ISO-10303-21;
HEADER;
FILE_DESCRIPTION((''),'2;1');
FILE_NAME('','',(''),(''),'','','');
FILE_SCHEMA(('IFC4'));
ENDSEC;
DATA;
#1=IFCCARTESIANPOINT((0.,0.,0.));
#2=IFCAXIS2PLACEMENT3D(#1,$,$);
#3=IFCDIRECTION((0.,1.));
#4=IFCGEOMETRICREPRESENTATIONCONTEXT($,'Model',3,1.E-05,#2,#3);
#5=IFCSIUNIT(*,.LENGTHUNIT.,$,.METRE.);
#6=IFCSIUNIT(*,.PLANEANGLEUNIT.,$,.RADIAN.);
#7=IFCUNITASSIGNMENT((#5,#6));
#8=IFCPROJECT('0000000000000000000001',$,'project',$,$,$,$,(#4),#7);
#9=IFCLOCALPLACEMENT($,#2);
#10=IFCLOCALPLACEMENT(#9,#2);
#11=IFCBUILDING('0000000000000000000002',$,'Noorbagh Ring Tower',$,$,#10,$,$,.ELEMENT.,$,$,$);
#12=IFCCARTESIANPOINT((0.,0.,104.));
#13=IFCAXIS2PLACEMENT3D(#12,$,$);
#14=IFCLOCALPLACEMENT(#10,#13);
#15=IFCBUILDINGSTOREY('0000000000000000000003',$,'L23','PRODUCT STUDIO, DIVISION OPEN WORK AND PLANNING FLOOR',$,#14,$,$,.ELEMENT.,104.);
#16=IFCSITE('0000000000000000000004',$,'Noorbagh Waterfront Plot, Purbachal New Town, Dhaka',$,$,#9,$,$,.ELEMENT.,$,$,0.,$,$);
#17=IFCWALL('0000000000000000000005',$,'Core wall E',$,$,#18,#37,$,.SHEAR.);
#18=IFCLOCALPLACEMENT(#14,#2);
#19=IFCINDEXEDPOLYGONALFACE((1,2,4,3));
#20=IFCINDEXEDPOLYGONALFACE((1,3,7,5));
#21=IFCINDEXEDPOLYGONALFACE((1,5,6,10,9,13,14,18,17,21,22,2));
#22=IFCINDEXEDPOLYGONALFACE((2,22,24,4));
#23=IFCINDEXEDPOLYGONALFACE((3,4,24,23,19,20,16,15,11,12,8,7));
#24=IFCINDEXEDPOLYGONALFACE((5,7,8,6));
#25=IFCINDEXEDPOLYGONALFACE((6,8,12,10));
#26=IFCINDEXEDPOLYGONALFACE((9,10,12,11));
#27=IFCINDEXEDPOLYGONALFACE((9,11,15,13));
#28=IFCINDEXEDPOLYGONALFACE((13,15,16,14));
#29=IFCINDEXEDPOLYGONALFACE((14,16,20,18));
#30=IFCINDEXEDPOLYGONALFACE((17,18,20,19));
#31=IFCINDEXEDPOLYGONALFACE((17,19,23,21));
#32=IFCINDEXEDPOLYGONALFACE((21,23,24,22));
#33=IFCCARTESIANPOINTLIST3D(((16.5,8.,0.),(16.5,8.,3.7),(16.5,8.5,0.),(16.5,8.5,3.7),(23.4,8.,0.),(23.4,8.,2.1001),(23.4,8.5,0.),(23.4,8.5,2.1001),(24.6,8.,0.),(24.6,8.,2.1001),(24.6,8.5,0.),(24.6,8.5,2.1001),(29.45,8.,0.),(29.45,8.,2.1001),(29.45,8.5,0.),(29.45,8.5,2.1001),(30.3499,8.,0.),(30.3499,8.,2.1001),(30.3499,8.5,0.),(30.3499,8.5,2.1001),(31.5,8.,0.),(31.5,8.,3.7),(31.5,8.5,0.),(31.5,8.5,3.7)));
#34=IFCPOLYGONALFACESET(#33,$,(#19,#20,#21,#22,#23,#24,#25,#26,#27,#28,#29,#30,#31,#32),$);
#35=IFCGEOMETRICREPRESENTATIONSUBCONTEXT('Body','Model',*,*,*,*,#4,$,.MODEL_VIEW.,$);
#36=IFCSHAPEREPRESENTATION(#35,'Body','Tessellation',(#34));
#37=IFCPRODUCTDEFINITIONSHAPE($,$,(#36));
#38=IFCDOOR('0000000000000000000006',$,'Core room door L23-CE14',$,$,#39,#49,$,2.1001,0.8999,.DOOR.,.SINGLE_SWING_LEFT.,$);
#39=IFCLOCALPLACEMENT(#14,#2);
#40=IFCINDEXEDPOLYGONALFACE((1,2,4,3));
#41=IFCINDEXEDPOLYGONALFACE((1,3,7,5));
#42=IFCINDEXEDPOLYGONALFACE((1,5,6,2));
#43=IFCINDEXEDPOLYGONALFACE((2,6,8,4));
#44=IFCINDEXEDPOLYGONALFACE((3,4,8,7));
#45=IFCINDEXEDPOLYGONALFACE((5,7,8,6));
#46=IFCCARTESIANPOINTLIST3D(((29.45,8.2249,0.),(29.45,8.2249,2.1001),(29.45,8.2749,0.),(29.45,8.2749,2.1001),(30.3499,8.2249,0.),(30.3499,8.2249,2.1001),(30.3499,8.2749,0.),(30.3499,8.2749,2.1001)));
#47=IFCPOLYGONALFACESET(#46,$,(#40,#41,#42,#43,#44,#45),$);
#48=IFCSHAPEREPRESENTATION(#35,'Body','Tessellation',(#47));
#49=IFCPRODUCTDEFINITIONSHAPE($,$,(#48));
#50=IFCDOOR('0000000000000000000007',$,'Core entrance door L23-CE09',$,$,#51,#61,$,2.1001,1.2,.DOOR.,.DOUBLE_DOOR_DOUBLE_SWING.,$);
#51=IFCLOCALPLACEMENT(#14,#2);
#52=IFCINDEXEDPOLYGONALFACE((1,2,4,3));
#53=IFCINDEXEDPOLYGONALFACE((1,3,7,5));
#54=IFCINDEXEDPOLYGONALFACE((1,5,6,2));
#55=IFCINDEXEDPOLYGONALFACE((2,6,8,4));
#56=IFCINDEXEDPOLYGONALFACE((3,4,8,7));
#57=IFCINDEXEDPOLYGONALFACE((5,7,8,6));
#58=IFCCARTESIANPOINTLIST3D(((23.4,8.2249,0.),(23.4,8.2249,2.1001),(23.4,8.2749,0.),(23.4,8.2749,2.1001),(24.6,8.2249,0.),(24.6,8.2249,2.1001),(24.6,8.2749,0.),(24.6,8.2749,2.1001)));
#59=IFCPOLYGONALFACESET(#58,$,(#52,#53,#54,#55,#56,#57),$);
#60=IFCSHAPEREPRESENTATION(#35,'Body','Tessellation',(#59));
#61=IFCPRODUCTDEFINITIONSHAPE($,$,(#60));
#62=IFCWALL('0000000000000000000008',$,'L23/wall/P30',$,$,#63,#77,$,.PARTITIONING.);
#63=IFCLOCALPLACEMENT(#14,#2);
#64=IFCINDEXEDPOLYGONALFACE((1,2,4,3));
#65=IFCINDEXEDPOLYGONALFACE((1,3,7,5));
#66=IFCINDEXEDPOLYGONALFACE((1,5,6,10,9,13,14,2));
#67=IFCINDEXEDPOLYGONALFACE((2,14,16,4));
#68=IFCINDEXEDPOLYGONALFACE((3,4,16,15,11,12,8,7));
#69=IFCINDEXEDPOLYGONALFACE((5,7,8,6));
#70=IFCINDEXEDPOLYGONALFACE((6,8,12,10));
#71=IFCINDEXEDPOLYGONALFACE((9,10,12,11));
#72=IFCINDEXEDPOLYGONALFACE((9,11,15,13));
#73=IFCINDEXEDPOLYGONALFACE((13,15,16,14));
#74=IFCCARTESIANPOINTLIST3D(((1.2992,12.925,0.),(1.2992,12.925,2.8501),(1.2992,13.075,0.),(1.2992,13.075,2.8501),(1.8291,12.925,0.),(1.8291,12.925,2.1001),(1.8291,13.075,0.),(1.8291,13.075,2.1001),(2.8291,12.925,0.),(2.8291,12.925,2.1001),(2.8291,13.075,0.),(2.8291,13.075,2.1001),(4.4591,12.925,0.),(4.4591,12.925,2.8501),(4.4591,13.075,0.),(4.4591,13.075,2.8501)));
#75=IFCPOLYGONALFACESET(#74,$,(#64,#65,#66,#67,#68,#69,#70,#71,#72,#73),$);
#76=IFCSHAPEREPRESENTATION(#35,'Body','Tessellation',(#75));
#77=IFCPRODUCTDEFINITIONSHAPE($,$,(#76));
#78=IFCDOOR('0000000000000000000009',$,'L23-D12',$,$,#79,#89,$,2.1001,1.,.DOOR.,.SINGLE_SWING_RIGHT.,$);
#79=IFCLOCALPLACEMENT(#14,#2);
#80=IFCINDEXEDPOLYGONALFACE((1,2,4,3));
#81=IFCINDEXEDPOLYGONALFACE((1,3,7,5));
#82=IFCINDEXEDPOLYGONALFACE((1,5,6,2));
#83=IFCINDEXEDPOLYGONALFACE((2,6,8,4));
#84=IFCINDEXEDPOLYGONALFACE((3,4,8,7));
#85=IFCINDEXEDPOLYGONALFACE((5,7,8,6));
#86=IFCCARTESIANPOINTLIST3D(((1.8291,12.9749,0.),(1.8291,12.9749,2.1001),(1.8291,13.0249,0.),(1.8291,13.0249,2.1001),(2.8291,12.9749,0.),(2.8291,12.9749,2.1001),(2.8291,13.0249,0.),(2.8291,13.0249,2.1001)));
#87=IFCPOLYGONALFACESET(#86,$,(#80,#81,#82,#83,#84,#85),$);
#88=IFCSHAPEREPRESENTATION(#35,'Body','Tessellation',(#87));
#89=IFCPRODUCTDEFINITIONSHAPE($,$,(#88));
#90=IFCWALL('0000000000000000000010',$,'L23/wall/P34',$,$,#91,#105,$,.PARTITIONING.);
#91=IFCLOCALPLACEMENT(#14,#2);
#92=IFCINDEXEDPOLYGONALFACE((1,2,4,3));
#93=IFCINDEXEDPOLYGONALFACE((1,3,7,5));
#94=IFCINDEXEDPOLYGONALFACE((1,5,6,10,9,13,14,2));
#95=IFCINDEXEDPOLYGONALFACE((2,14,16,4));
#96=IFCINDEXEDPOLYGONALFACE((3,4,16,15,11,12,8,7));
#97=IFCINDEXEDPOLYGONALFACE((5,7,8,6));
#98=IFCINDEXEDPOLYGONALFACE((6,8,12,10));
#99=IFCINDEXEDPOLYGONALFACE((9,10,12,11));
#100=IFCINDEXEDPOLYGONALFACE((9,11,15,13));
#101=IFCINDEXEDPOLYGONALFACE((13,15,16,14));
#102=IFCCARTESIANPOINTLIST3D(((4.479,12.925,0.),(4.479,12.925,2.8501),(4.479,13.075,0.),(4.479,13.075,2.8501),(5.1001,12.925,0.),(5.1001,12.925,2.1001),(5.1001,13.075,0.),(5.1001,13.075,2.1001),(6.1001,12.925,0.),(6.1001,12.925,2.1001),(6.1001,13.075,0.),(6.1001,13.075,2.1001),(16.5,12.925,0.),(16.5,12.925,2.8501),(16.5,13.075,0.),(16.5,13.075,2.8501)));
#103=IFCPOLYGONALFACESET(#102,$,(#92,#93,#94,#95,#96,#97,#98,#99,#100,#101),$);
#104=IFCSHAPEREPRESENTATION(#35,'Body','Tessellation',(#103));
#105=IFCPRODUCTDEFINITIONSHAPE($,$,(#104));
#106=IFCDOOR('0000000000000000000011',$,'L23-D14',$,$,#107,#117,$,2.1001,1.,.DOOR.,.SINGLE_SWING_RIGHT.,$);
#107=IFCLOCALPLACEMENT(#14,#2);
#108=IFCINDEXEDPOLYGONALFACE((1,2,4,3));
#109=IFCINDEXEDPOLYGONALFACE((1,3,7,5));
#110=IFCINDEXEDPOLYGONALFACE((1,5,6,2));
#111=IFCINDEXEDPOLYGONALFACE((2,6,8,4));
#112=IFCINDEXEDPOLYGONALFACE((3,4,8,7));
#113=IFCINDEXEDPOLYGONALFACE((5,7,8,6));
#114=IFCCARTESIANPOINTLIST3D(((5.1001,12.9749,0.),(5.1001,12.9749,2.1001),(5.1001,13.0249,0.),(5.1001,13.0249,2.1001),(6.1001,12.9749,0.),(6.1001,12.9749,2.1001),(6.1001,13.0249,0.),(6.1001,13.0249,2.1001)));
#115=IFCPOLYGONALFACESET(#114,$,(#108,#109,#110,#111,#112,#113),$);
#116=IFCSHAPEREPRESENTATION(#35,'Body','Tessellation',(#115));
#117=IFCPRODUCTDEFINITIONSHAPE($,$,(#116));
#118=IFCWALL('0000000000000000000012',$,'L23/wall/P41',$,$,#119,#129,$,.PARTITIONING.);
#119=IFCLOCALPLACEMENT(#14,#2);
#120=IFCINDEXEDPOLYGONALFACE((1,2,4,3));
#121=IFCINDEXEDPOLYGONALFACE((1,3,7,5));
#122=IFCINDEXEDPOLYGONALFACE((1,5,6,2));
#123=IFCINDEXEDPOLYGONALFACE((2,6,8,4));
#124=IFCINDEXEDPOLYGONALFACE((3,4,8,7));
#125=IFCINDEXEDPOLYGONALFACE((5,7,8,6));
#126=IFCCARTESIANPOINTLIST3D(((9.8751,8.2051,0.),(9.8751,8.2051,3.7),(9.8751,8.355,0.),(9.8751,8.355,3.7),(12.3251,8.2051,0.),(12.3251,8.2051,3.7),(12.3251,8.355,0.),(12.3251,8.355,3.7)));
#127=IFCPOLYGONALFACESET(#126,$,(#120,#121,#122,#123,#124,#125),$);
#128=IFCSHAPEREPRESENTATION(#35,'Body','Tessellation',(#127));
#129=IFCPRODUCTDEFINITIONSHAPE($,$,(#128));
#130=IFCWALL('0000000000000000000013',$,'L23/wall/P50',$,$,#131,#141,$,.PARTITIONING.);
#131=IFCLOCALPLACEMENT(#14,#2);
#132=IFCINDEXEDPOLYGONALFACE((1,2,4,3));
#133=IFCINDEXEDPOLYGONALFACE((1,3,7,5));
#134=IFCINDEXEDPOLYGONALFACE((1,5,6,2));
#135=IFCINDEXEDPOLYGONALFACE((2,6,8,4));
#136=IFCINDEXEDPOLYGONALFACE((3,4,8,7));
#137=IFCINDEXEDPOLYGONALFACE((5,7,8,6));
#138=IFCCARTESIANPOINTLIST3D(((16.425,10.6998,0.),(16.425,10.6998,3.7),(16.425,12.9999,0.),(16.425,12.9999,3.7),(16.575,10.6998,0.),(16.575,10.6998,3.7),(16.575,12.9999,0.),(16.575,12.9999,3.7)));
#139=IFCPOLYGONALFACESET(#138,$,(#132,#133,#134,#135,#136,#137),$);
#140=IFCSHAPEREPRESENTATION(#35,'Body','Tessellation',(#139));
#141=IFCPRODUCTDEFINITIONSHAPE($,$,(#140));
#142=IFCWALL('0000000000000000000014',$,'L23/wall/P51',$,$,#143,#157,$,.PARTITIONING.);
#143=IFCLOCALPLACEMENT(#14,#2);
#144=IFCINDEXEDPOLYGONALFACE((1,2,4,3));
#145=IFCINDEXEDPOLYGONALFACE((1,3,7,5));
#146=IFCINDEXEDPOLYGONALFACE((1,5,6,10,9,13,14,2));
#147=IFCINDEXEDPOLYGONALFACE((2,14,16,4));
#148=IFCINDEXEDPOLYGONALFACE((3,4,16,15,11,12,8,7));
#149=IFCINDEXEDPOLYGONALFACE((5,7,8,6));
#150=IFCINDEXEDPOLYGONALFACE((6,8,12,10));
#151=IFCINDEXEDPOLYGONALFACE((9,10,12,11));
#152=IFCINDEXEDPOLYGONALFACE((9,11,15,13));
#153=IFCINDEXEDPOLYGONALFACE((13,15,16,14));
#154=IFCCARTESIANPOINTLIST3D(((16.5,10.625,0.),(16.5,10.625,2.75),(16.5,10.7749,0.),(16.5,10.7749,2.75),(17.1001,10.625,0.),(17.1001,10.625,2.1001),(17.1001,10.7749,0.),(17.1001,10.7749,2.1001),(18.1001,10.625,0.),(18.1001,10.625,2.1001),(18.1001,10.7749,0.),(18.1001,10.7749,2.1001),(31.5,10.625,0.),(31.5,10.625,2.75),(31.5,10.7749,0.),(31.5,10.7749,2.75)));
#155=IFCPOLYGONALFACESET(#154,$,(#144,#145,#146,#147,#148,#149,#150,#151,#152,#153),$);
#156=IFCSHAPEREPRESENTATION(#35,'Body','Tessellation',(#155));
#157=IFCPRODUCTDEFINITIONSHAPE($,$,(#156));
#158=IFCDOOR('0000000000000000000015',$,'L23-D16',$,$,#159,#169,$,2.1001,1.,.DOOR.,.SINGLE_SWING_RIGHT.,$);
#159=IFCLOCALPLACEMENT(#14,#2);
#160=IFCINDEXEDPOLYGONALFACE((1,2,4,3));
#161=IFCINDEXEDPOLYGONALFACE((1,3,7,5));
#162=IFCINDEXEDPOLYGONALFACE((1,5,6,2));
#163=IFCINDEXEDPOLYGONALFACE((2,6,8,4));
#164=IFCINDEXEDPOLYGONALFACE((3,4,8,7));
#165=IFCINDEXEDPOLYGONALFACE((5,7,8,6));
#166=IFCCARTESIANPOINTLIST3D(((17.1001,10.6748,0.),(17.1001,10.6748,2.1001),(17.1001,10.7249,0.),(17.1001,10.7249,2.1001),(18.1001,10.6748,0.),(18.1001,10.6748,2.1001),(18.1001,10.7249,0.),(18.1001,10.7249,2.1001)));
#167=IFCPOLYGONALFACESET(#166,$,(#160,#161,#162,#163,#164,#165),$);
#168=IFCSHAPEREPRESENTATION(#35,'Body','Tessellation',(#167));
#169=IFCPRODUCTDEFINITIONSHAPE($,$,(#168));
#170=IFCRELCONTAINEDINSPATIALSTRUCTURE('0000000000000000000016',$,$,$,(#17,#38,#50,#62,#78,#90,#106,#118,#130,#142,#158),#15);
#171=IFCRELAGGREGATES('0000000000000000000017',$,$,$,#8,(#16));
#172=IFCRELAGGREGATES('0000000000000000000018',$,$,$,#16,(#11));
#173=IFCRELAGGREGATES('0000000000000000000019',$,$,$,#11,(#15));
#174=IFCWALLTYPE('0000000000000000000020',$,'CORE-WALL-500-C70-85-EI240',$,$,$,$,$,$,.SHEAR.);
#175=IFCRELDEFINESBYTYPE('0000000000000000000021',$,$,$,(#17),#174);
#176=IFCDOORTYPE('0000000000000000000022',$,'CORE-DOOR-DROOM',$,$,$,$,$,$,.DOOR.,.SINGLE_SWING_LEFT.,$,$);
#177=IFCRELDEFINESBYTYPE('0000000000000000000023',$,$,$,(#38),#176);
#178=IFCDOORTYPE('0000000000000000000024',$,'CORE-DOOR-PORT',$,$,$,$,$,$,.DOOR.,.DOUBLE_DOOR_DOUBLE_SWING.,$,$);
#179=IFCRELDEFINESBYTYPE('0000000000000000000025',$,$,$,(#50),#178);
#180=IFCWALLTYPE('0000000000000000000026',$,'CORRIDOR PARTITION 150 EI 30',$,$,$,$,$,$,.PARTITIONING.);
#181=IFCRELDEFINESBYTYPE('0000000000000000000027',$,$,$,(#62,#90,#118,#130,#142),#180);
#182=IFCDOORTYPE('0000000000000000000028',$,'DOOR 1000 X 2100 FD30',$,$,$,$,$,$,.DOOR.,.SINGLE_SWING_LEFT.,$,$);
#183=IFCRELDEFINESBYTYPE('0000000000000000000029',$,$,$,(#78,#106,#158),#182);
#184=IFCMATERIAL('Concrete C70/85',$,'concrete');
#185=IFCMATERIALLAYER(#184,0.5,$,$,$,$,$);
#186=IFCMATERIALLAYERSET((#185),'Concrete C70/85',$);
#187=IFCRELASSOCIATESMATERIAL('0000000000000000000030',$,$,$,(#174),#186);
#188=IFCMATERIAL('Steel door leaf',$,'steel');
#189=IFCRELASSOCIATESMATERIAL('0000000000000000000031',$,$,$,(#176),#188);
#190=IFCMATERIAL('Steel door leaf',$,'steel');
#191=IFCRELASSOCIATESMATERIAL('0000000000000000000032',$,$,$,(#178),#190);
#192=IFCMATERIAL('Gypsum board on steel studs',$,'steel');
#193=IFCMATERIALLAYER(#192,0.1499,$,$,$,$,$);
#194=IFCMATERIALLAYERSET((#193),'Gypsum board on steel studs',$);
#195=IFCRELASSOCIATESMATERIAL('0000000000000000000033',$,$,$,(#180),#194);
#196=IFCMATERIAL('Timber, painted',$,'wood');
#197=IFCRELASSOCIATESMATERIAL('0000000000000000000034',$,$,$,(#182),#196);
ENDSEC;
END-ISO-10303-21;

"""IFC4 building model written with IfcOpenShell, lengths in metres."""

from ifc_helpers import new_model, si_unit, direction, frame, frame_2d, origin, place, context, subcontext, project, spatial, rectangle, extrude, material, layer, layer_set, type_object, element, fill, save


model = new_model("IFC4")

# Units and contexts
model_context = context("Model", 3, precision=1e-05, world=origin(), true_north=direction((0.0, 1.0)))
body_context = subcontext(model_context, "Body", "Model", "MODEL_VIEW")
ifc_project = project(units=[si_unit("LENGTHUNIT", "METRE"), si_unit("PLANEANGLEUNIT", "RADIAN")], contexts=[model_context])

# Site, building, storey
site_placement = place(None, origin())
site = spatial("IfcSite", under=ifc_project, at=site_placement, Name="Noorbagh Waterfront Plot, Purbachal New Town, Dhaka", CompositionType="ELEMENT", RefElevation=0.0)
building_placement = place(site_placement, origin())
building = spatial("IfcBuilding", under=site, at=building_placement, Name="Noorbagh Ring Tower", CompositionType="ELEMENT")
storey_placement = place(building_placement, frame((0.0, 0.0, 104.0)))
storey = spatial("IfcBuildingStorey", under=building, at=storey_placement, Name="L23", Description="PRODUCT STUDIO, DIVISION OPEN WORK AND PLANNING FLOOR", CompositionType="ELEMENT", Elevation=104.0)

# Wall, openings, doors
ifc_material_1 = material(Name="Concrete C70/85", Category="concrete")
ifc_layer_1 = layer(ifc_material_1, 0.5)
ifc_layer_set_1 = layer_set([ifc_layer_1], Name="Concrete C70/85")
wall_type_1 = type_object("IfcWallType", Name="CORE-WALL-500-C70-85-EI240", PredefinedType="SHEAR", material=ifc_layer_set_1)
wall_1_placement = place(storey_placement, frame((16.5, 8.25, 0.0), z_axis=(0.0, 0.0, 1.0), x_axis=(1.0, 0.0, 0.0)))
wall_1 = element("IfcWall", 1, at=wall_1_placement, inside=storey, type_object=wall_type_1, Name="Core wall E", PredefinedType="SHEAR", context=body_context, shape_type="SweptSolid", body=[
    extrude(rectangle(XDim=15.0, YDim=0.5, at=frame_2d((7.5, 0.0))), origin(), (0.0, 0.0, 1.0), 3.7),
])
opening_1_placement = place(wall_1_placement, frame((6.8999, 0.0, 0.0)))
opening_1 = element("IfcOpeningElement", 2, at=opening_1_placement, cuts=wall_1, PredefinedType="OPENING", context=body_context, shape_type="SweptSolid", body=[
    extrude(rectangle(XDim=1.2, YDim=2.1001, at=frame_2d((0.6001, 1.05))), frame((0.0, 0.26, 0.0), z_axis=(0.0, -1.0, 0.0), x_axis=(1.0, 0.0, 0.0)), (0.0, 0.0, 1.0), 0.52),
])
opening_2_placement = place(wall_1_placement, frame((12.95, 0.0, 0.0)))
opening_2 = element("IfcOpeningElement", 3, at=opening_2_placement, cuts=wall_1, PredefinedType="OPENING", context=body_context, shape_type="SweptSolid", body=[
    extrude(rectangle(XDim=0.8999, YDim=2.1001, at=frame_2d((0.45, 1.05))), frame((0.0, 0.26, 0.0), z_axis=(0.0, -1.0, 0.0), x_axis=(1.0, 0.0, 0.0)), (0.0, 0.0, 1.0), 0.52),
])
ifc_material_2 = material(Name="Steel door leaf", Category="steel")
door_type_1 = type_object("IfcDoorType", Name="CORE-DOOR-DROOM", OperationType="SINGLE_SWING_LEFT", PredefinedType="DOOR", material=ifc_material_2)
door_1_placement = place(opening_2_placement, origin())
door_1 = element("IfcDoor", 4, at=door_1_placement, inside=storey, type_object=door_type_1, Name="Core room door L23-CE14", OperationType="SINGLE_SWING_LEFT", OverallHeight=2.1001, OverallWidth=0.8999, PredefinedType="DOOR", context=body_context, shape_type="SweptSolid", body=[
    extrude(rectangle(XDim=0.8999, YDim=2.1001, at=frame_2d((0.45, 1.05))), frame((0.0, 0.0249, 0.0), z_axis=(0.0, -1.0, 0.0), x_axis=(1.0, 0.0, 0.0)), (0.0, 0.0, 1.0), 0.05),
])
fill(opening_2, door_1)
ifc_material_3 = material(Name="Steel door leaf", Category="steel")
door_type_2 = type_object("IfcDoorType", Name="CORE-DOOR-PORT", OperationType="DOUBLE_DOOR_DOUBLE_SWING", PredefinedType="DOOR", material=ifc_material_3)
door_2_placement = place(opening_1_placement, origin())
door_2 = element("IfcDoor", 5, at=door_2_placement, inside=storey, type_object=door_type_2, Name="Core entrance door L23-CE09", OperationType="DOUBLE_DOOR_DOUBLE_SWING", OverallHeight=2.1001, OverallWidth=1.2, PredefinedType="DOOR", context=body_context, shape_type="SweptSolid", body=[
    extrude(rectangle(XDim=1.2, YDim=2.1001, at=frame_2d((0.6001, 1.05))), frame((0.0, 0.0249, 0.0), z_axis=(0.0, -1.0, 0.0), x_axis=(1.0, 0.0, 0.0)), (0.0, 0.0, 1.0), 0.05),
])
fill(opening_1, door_2)

# Walls, openings, doors
ifc_material_4 = material(Name="Gypsum board on steel studs", Category="steel")
ifc_layer_2 = layer(ifc_material_4, 0.1499)
ifc_layer_set_2 = layer_set([ifc_layer_2], Name="Gypsum board on steel studs")
wall_type_2 = type_object("IfcWallType", Name="CORRIDOR PARTITION 150 EI 30", PredefinedType="PARTITIONING", material=ifc_layer_set_2)
wall_2_placement = place(storey_placement, frame((1.2991, 13.0, 0.0), z_axis=(0.0, 0.0, 1.0), x_axis=(1.0, 0.0, 0.0)))
wall_2 = element("IfcWall", 6, at=wall_2_placement, inside=storey, type_object=wall_type_2, Name="L23/wall/P30", PredefinedType="PARTITIONING", context=body_context, shape_type="SweptSolid", body=[
    extrude(rectangle(XDim=3.1599, YDim=0.1499, at=frame_2d((1.5801, 0.0))), origin(), (0.0, 0.0, 1.0), 2.8501),
])
opening_3_placement = place(wall_2_placement, frame((0.53, 0.0, 0.0)))
opening_3 = element("IfcOpeningElement", 7, at=opening_3_placement, cuts=wall_2, PredefinedType="OPENING", context=body_context, shape_type="SweptSolid", body=[
    extrude(rectangle(XDim=1.0, YDim=2.1001, at=frame_2d((0.5, 1.05))), frame((0.0, 0.085, 0.0), z_axis=(0.0, -1.0, 0.0), x_axis=(1.0, 0.0, 0.0)), (0.0, 0.0, 1.0), 0.1699),
])
ifc_material_5 = material(Name="Timber, painted", Category="wood")
door_type_3 = type_object("IfcDoorType", Name="DOOR 1000 X 2100 FD30", OperationType="SINGLE_SWING_LEFT", PredefinedType="DOOR", material=ifc_material_5)
door_3_placement = place(opening_3_placement, origin())
door_3 = element("IfcDoor", 8, at=door_3_placement, inside=storey, type_object=door_type_3, Name="L23-D12", OperationType="SINGLE_SWING_RIGHT", OverallHeight=2.1001, OverallWidth=1.0, PredefinedType="DOOR", context=body_context, shape_type="SweptSolid", body=[
    extrude(rectangle(XDim=1.0, YDim=2.1001, at=frame_2d((0.5, 1.05))), frame((0.0, 0.0249, 0.0), z_axis=(0.0, -1.0, 0.0), x_axis=(1.0, 0.0, 0.0)), (0.0, 0.0, 1.0), 0.05),
])
fill(opening_3, door_3)
wall_3_placement = place(storey_placement, frame((4.479, 13.0, 0.0), z_axis=(0.0, 0.0, 1.0), x_axis=(1.0, 0.0, 0.0)))
wall_3 = element("IfcWall", 9, at=wall_3_placement, inside=storey, type_object=wall_type_2, Name="L23/wall/P34", PredefinedType="PARTITIONING", context=body_context, shape_type="SweptSolid", body=[
    extrude(rectangle(XDim=12.021, YDim=0.1499, at=frame_2d((6.0105, 0.0))), origin(), (0.0, 0.0, 1.0), 2.8501),
])
opening_4_placement = place(wall_3_placement, frame((0.6211, 0.0, 0.0)))
opening_4 = element("IfcOpeningElement", 10, at=opening_4_placement, cuts=wall_3, PredefinedType="OPENING", context=body_context, shape_type="SweptSolid", body=[
    extrude(rectangle(XDim=1.0, YDim=2.1001, at=frame_2d((0.5, 1.05))), frame((0.0, 0.085, 0.0), z_axis=(0.0, -1.0, 0.0), x_axis=(1.0, 0.0, 0.0)), (0.0, 0.0, 1.0), 0.1699),
])
door_4_placement = place(opening_4_placement, origin())
door_4 = element("IfcDoor", 11, at=door_4_placement, inside=storey, type_object=door_type_3, Name="L23-D14", OperationType="SINGLE_SWING_RIGHT", OverallHeight=2.1001, OverallWidth=1.0, PredefinedType="DOOR", context=body_context, shape_type="SweptSolid", body=[
    extrude(rectangle(XDim=1.0, YDim=2.1001, at=frame_2d((0.5, 1.05))), frame((0.0, 0.0249, 0.0), z_axis=(0.0, -1.0, 0.0), x_axis=(1.0, 0.0, 0.0)), (0.0, 0.0, 1.0), 0.05),
])
fill(opening_4, door_4)

# Walls
wall_4_placement = place(storey_placement, frame((9.875, 8.28, 0.0), z_axis=(0.0, 0.0, 1.0), x_axis=(1.0, 0.0, 0.0)))
element("IfcWall", 12, at=wall_4_placement, inside=storey, type_object=wall_type_2, Name="L23/wall/P41", PredefinedType="PARTITIONING", context=body_context, shape_type="SweptSolid", body=[
    extrude(rectangle(XDim=2.45, YDim=0.1499, at=frame_2d((1.2251, 0.0))), origin(), (0.0, 0.0, 1.0), 3.7),
])
wall_5_placement = place(storey_placement, frame((16.5, 10.7, 0.0), z_axis=(0.0, 0.0, 1.0), x_axis=(0.0, 1.0, 0.0)))
element("IfcWall", 13, at=wall_5_placement, inside=storey, type_object=wall_type_2, Name="L23/wall/P50", PredefinedType="PARTITIONING", context=body_context, shape_type="SweptSolid", body=[
    extrude(rectangle(XDim=2.3, YDim=0.1499, at=frame_2d((1.1499, 0.0))), origin(), (0.0, 0.0, 1.0), 3.7),
])

# Wall, opening, door
wall_6_placement = place(storey_placement, frame((16.5, 10.7, 0.0), z_axis=(0.0, 0.0, 1.0), x_axis=(1.0, 0.0, 0.0)))
wall_6 = element("IfcWall", 14, at=wall_6_placement, inside=storey, type_object=wall_type_2, Name="L23/wall/P51", PredefinedType="PARTITIONING", context=body_context, shape_type="SweptSolid", body=[
    extrude(rectangle(XDim=15.0, YDim=0.1499, at=frame_2d((7.5, 0.0))), origin(), (0.0, 0.0, 1.0), 2.75),
])
opening_5_placement = place(wall_6_placement, frame((0.6001, 0.0, 0.0)))
opening_5 = element("IfcOpeningElement", 15, at=opening_5_placement, cuts=wall_6, PredefinedType="OPENING", context=body_context, shape_type="SweptSolid", body=[
    extrude(rectangle(XDim=1.0, YDim=2.1001, at=frame_2d((0.5, 1.05))), frame((0.0, 0.085, 0.0), z_axis=(0.0, -1.0, 0.0), x_axis=(1.0, 0.0, 0.0)), (0.0, 0.0, 1.0), 0.1699),
])
door_5_placement = place(opening_5_placement, origin())
door_5 = element("IfcDoor", 16, at=door_5_placement, inside=storey, type_object=door_type_3, Name="L23-D16", OperationType="SINGLE_SWING_RIGHT", OverallHeight=2.1001, OverallWidth=1.0, PredefinedType="DOOR", context=body_context, shape_type="SweptSolid", body=[
    extrude(rectangle(XDim=1.0, YDim=2.1001, at=frame_2d((0.5, 1.05))), frame((0.0, 0.0249, 0.0), z_axis=(0.0, -1.0, 0.0), x_axis=(1.0, 0.0, 0.0)), (0.0, 0.0, 1.0), 0.05),
])
fill(opening_5, door_5)

save(model, "model.ifc")
